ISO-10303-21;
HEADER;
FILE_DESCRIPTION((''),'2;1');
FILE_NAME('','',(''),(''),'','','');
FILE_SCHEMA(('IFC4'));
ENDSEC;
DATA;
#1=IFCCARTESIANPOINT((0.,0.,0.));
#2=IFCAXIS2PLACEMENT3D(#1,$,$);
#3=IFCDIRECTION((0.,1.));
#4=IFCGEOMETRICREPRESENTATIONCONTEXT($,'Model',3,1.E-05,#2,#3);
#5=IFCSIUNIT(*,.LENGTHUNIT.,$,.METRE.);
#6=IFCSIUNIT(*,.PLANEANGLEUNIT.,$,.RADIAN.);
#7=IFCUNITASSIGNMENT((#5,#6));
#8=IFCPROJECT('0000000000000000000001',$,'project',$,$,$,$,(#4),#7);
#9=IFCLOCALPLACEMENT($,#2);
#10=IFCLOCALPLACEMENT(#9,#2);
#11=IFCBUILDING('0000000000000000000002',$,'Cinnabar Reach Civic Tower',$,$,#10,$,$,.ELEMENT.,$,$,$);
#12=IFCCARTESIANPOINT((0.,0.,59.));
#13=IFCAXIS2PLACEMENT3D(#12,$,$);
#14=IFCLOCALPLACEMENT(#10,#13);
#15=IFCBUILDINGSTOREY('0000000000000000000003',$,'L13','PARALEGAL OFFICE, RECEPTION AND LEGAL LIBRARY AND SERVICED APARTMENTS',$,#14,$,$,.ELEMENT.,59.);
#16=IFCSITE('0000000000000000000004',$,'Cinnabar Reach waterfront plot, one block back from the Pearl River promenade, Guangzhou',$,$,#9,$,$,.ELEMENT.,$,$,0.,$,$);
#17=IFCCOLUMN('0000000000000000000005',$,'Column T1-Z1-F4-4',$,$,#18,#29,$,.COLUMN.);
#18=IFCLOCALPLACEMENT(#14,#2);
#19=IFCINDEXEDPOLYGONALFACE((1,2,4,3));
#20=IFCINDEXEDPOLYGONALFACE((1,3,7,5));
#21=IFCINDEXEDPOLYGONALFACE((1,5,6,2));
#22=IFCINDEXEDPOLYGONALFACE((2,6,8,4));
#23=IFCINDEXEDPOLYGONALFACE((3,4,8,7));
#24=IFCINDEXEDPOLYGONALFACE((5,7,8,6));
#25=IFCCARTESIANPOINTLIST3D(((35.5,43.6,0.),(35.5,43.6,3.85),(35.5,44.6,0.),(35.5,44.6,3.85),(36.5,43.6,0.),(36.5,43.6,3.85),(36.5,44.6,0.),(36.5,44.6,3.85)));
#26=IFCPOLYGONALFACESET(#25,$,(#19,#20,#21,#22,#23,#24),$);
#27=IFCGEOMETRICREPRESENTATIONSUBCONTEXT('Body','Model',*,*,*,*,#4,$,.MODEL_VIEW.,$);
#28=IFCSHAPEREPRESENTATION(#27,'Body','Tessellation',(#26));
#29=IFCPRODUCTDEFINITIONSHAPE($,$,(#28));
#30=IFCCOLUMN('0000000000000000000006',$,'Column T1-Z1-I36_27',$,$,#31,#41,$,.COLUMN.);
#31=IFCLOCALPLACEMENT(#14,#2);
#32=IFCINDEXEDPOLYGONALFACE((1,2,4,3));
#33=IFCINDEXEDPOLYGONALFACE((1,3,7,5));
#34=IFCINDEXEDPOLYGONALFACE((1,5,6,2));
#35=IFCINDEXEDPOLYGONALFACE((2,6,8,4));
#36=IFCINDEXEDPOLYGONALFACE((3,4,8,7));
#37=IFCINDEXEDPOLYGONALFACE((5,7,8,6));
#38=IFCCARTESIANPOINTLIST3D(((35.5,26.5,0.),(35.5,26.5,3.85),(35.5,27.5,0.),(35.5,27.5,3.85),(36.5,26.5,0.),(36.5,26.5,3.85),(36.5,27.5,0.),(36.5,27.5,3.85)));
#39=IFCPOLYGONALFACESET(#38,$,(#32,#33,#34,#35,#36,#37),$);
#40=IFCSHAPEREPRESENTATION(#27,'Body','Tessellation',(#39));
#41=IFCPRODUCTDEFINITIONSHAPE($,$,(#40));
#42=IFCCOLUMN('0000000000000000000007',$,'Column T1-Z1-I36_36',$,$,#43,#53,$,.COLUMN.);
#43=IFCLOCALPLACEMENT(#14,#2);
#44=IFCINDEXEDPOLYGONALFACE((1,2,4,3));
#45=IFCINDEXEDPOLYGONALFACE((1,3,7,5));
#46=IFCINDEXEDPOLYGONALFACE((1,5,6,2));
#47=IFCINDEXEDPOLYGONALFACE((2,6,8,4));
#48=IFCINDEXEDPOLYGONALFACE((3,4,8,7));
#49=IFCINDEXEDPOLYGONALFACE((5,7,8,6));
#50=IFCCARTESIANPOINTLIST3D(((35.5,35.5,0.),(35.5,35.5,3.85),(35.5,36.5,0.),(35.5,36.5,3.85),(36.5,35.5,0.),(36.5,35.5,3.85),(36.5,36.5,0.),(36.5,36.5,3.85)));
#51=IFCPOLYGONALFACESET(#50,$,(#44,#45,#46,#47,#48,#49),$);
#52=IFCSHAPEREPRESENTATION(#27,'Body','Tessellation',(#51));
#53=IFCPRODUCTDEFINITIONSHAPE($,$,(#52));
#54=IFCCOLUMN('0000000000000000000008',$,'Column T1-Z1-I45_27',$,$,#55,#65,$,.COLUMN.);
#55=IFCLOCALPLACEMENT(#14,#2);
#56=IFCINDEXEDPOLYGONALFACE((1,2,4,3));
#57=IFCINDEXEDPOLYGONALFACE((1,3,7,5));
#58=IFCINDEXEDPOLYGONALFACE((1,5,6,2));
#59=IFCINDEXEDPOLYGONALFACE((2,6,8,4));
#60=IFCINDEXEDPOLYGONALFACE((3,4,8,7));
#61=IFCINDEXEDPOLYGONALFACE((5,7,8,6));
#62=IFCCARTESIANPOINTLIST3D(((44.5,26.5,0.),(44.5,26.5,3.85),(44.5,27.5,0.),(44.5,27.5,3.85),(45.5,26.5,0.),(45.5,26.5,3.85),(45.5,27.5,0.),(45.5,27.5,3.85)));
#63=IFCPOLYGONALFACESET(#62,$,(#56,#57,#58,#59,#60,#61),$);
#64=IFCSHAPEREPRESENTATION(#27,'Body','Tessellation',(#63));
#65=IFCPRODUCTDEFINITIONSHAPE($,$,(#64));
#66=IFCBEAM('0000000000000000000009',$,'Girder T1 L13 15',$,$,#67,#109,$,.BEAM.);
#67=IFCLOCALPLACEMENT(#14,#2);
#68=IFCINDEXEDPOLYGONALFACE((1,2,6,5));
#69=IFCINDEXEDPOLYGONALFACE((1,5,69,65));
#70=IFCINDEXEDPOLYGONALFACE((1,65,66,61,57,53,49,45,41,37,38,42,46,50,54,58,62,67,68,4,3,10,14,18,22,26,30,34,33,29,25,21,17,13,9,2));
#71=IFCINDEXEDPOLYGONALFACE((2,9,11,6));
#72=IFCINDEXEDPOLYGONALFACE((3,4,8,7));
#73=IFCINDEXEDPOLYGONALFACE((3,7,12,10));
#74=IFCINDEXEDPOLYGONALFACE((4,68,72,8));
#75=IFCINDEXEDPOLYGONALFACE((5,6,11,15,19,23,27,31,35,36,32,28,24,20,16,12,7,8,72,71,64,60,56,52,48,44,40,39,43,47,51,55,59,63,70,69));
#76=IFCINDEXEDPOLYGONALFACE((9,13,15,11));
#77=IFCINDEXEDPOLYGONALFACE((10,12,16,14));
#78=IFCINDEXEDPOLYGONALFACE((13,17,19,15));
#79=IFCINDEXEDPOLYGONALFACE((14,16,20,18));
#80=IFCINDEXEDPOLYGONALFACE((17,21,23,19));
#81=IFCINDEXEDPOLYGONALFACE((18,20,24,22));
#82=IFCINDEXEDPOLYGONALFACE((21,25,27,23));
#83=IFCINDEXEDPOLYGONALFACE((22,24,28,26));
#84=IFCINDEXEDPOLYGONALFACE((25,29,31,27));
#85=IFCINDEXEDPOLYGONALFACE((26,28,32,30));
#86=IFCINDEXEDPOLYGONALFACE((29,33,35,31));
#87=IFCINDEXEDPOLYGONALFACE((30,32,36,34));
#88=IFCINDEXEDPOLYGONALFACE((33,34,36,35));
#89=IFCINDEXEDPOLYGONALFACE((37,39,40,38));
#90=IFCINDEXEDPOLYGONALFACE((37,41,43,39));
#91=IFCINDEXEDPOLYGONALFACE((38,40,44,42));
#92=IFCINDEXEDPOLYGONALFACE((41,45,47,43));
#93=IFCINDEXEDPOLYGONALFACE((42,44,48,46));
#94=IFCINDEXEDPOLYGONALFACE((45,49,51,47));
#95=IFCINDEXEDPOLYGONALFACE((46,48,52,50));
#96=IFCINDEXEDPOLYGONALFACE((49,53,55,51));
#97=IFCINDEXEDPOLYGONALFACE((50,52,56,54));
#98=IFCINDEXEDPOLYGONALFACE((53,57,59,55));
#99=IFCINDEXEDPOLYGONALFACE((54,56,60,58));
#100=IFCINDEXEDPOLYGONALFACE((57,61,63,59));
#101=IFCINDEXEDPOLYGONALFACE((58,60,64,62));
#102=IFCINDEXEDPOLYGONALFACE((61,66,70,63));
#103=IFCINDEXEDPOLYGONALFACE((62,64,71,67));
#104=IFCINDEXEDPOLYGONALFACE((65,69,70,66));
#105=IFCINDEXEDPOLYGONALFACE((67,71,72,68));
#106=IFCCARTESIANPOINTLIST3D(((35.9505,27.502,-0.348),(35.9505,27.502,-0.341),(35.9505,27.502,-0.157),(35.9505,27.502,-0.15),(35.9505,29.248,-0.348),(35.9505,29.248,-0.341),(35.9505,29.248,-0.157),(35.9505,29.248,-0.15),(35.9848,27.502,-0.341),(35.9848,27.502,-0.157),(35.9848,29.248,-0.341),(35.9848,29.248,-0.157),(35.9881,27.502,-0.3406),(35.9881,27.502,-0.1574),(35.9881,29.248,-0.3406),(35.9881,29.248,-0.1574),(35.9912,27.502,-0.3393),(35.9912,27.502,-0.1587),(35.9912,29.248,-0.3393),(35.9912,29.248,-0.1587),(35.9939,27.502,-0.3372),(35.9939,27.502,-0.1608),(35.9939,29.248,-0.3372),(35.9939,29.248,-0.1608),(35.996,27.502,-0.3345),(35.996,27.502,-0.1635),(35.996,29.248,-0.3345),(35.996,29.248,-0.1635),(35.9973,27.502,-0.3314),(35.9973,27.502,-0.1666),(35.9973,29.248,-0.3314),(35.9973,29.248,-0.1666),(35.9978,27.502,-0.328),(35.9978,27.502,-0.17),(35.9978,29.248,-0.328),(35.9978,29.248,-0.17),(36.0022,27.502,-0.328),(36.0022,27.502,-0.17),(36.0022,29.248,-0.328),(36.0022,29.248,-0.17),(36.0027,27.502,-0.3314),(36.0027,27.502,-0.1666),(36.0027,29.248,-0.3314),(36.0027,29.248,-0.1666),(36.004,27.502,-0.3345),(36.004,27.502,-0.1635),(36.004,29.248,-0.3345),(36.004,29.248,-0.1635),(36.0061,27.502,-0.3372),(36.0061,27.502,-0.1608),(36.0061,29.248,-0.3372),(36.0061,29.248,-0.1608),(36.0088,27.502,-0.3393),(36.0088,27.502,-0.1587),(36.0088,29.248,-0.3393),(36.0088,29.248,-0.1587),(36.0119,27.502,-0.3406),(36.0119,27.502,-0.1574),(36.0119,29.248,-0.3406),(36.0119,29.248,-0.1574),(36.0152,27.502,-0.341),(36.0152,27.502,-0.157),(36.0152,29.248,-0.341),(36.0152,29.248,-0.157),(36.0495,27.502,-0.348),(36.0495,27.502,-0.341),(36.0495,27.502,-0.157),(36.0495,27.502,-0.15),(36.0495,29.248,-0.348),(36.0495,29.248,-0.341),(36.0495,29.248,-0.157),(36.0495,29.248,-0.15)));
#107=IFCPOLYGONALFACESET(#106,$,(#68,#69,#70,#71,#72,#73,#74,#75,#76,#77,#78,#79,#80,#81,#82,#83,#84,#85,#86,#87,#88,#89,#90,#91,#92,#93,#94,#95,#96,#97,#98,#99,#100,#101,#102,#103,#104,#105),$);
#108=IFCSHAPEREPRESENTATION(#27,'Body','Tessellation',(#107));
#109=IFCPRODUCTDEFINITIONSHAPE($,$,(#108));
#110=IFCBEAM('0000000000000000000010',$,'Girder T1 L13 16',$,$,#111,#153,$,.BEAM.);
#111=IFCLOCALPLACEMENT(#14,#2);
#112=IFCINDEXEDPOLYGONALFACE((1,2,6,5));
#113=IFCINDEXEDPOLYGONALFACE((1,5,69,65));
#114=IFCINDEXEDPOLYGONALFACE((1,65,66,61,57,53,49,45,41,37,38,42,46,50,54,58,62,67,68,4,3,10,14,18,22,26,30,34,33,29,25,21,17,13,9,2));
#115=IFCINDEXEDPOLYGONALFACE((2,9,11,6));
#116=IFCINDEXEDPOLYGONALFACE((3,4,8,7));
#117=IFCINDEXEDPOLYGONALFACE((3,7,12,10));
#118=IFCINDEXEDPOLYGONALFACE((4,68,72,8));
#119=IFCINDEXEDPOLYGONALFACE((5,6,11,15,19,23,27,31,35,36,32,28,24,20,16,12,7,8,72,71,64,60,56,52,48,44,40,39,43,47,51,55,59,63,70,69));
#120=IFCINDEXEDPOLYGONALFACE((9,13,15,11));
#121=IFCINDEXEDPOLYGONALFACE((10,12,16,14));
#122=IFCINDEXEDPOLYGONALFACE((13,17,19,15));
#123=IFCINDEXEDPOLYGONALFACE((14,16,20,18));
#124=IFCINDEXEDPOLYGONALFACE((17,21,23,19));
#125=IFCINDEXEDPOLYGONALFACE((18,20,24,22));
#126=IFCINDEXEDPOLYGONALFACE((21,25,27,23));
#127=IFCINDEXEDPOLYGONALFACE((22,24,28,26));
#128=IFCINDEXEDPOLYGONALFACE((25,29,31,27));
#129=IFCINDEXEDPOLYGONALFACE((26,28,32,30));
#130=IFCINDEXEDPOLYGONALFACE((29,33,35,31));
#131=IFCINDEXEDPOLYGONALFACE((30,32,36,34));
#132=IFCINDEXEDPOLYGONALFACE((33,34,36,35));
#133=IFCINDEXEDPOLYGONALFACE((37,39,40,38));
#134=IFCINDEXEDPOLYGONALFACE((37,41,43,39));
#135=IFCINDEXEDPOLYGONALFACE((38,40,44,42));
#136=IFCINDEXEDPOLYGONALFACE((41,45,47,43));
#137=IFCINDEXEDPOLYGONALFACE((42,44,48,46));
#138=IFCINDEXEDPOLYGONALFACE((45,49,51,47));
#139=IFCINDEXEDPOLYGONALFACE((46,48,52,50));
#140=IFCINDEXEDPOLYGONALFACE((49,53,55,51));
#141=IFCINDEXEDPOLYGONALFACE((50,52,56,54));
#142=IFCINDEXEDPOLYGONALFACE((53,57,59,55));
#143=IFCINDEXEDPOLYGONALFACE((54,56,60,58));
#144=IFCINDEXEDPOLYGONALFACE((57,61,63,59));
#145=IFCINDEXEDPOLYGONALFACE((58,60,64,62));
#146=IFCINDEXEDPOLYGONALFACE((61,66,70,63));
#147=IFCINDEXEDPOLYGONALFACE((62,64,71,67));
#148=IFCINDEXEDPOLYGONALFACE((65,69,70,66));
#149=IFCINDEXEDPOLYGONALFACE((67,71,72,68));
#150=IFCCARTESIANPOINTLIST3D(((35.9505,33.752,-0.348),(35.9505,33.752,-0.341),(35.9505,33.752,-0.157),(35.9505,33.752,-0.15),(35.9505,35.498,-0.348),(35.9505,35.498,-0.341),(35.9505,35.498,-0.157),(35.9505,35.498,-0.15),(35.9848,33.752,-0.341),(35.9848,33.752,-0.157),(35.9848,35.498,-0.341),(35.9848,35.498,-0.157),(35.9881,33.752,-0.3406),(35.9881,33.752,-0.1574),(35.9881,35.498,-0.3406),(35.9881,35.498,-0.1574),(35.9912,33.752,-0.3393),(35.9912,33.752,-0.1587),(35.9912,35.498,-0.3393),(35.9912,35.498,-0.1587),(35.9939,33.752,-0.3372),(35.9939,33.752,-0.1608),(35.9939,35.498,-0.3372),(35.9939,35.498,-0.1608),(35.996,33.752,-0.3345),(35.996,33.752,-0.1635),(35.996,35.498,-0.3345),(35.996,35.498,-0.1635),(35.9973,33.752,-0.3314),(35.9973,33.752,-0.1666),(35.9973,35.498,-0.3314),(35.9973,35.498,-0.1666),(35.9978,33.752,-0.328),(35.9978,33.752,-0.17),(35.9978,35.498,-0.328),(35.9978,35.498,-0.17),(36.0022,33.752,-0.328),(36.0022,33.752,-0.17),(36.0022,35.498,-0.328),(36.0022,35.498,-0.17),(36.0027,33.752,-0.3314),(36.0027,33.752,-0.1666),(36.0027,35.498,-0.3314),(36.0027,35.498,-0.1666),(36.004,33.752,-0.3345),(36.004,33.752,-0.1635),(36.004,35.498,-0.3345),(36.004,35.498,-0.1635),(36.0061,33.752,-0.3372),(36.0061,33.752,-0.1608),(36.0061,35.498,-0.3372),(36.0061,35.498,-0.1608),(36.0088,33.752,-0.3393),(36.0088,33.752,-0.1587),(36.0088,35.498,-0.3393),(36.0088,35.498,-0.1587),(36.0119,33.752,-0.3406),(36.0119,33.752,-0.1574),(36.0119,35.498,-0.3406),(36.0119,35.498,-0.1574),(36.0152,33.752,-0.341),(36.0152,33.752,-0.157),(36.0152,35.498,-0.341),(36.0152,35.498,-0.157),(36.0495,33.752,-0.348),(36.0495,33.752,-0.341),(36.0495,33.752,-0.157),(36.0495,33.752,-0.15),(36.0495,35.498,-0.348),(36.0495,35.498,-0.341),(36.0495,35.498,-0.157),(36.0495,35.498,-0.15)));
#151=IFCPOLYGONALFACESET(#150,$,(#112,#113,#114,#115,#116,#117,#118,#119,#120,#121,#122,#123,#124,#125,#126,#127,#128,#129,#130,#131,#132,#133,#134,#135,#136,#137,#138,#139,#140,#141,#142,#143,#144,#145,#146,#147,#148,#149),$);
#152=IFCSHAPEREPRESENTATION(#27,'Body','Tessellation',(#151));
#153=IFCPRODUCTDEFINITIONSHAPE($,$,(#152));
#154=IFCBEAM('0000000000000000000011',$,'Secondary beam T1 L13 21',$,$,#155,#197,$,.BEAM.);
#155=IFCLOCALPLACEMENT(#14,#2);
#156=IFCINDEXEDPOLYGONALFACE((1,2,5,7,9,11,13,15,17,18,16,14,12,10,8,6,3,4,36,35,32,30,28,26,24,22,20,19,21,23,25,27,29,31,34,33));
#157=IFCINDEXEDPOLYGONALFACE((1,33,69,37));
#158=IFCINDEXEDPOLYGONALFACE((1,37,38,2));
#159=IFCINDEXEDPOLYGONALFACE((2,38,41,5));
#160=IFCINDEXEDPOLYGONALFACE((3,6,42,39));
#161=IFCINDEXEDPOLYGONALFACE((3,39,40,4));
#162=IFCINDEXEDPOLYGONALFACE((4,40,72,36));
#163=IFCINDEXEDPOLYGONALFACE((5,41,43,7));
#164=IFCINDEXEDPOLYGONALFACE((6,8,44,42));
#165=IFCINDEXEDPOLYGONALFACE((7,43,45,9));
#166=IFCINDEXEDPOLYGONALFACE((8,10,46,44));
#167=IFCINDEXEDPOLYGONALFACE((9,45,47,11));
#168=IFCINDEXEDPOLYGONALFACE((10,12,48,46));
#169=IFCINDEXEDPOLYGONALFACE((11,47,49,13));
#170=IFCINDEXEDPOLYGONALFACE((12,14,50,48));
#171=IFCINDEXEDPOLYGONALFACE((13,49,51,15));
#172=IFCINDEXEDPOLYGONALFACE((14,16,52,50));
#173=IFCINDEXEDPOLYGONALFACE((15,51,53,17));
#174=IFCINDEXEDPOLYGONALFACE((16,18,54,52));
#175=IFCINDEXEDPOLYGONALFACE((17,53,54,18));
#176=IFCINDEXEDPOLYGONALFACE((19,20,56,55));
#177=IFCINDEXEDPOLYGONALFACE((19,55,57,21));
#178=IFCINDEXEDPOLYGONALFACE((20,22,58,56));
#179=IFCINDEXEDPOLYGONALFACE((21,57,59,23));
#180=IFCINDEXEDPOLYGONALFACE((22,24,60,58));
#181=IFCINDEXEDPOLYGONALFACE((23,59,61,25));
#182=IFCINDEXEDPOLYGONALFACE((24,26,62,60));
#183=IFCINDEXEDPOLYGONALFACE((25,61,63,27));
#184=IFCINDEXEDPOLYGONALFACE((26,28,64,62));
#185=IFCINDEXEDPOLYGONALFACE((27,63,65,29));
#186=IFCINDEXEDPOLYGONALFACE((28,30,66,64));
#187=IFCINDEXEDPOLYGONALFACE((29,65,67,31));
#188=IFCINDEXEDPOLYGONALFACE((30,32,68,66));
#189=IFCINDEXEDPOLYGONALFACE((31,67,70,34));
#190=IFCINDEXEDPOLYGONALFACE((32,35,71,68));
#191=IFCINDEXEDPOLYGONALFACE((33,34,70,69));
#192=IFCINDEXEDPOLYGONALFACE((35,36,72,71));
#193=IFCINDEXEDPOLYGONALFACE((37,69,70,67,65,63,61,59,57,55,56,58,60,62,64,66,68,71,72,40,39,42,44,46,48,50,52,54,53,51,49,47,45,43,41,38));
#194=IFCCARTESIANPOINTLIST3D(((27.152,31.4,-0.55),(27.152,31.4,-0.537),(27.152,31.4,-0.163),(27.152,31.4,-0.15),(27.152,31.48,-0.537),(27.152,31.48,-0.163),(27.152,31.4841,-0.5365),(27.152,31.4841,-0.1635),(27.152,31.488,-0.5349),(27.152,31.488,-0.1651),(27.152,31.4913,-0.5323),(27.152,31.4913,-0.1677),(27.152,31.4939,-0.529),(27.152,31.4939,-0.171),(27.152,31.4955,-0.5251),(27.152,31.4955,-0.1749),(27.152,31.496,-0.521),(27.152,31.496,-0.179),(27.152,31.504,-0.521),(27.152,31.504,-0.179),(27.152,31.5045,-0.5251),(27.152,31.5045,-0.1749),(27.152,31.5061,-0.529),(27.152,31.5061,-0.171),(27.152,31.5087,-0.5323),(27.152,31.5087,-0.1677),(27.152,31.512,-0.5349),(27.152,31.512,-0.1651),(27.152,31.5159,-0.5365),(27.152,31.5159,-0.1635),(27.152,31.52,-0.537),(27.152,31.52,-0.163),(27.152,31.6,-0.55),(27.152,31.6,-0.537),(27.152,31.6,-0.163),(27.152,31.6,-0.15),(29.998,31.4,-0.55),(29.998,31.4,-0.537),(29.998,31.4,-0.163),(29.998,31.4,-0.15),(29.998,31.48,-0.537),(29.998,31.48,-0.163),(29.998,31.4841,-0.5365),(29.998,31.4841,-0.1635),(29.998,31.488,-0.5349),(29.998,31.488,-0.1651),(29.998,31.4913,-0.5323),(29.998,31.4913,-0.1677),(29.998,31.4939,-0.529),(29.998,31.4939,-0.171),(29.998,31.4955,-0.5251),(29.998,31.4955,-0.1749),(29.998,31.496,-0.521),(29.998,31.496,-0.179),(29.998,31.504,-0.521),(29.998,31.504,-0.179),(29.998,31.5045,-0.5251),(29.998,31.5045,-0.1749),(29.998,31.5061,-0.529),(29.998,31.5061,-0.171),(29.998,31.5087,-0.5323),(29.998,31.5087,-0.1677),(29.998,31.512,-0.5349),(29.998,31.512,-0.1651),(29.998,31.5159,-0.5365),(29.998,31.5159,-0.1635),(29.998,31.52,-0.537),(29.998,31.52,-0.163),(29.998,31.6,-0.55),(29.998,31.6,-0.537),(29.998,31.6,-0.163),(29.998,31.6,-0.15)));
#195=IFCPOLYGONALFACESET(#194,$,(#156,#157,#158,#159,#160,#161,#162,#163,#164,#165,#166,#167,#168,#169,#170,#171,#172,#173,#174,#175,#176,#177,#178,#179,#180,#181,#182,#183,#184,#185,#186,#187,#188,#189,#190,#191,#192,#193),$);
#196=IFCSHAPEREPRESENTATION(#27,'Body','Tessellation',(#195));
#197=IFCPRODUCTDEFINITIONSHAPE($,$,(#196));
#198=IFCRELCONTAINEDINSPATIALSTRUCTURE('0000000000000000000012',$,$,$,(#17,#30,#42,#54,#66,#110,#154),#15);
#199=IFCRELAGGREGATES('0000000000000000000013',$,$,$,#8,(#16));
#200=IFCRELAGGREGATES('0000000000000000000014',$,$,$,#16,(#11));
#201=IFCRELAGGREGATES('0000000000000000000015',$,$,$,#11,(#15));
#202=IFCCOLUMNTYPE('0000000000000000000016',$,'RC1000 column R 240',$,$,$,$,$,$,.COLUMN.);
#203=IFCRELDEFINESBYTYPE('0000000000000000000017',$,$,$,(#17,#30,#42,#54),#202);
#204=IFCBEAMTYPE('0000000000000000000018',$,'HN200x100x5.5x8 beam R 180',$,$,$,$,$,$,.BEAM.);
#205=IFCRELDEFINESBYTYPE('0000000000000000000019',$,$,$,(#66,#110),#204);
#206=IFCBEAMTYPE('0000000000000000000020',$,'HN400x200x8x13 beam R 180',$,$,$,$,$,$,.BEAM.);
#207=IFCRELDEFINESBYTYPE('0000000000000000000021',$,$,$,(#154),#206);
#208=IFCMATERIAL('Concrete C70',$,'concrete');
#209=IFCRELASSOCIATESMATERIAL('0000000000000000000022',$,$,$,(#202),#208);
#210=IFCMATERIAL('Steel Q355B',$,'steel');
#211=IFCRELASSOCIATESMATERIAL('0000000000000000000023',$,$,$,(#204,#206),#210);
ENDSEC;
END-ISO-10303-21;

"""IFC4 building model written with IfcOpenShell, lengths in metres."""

from ifc_helpers import new_model, si_unit, direction, frame, origin, origin_2d, place, context, subcontext, project, spatial, rectangle, i_section, extrude, material, material_profile, profile_set, type_object, element, save


model = new_model("IFC4")

# Units and contexts
model_context = context("Model", 3, precision=1e-05, world=origin(), true_north=direction((0.0, 1.0)))
body_context = subcontext(model_context, "Body", "Model", "MODEL_VIEW")
ifc_project = project(units=[si_unit("LENGTHUNIT", "METRE"), si_unit("PLANEANGLEUNIT", "RADIAN")], contexts=[model_context])

# Site, building, storey
site_placement = place(None, origin())
site = spatial("IfcSite", under=ifc_project, at=site_placement, Name="Cinnabar Reach waterfront plot, one block back from the Pearl River promenade, Guangzhou", CompositionType="ELEMENT", RefElevation=0.0)
building_placement = place(site_placement, origin())
building = spatial("IfcBuilding", under=site, at=building_placement, Name="Cinnabar Reach Civic Tower", CompositionType="ELEMENT")
storey_placement = place(building_placement, frame((0.0, 0.0, 59.0)))
storey = spatial("IfcBuildingStorey", under=building, at=storey_placement, Name="L13", Description="PARALEGAL OFFICE, RECEPTION AND LEGAL LIBRARY AND SERVICED APARTMENTS", CompositionType="ELEMENT", Elevation=59.0)

# Columns
ifc_material_1 = material(Name="Concrete C70", Category="concrete")
ifc_material_profile_1 = material_profile(ifc_material_1, rectangle(XDim=1.0, YDim=1.0, at=origin_2d()), Name="RC1000")
ifc_profile_set_1 = profile_set([ifc_material_profile_1], Name="Concrete C70")
column_type = type_object("IfcColumnType", Name="RC1000 column R 240", PredefinedType="COLUMN", material=ifc_profile_set_1)
for number, where, z_axis, x_axis, name in (
    (1, (36.0, 44.1, 0.0), (0.0, 0.0, 1.0), (1.0, 0.0, 0.0), "Column T1-Z1-F4-4"),
    (2, (36.0, 27.0, 0.0), (0.0, 0.0, 1.0), (1.0, 0.0, 0.0), "Column T1-Z1-I36_27"),
    (3, (36.0, 36.0, 0.0), (0.0, 0.0, 1.0), (1.0, 0.0, 0.0), "Column T1-Z1-I36_36"),
    (4, (45.0, 27.0, 0.0), (0.0, 0.0, 1.0), (1.0, 0.0, 0.0), "Column T1-Z1-I45_27"),
):
    element("IfcColumn", number, at=place(storey_placement, frame(where, z_axis=z_axis, x_axis=x_axis)), inside=storey, type_object=column_type, Name=name, PredefinedType="COLUMN", context=body_context, shape_type="SweptSolid", body=[
        extrude(rectangle(XDim=1.0, YDim=1.0, at=origin_2d()), origin(), (0.0, 0.0, 1.0), 3.85),
    ])

# Beams
ifc_material_2 = material(Name="Steel Q355B", Category="steel")
ifc_material_profile_2 = material_profile(ifc_material_2, i_section(OverallWidth=0.099, OverallDepth=0.198, WebThickness=0.0045, FlangeThickness=0.007, FilletRadius=0.013, at=origin_2d()), Name="HN200x100x5.5x8")
ifc_profile_set_2 = profile_set([ifc_material_profile_2], Name="Steel Q355B")
beam_type_1 = type_object("IfcBeamType", Name="HN200x100x5.5x8 beam R 180", PredefinedType="BEAM", material=ifc_profile_set_2)
for number, where, z_axis, x_axis, name in (
    (5, (36.0, 27.502, -0.249), (0.0, 1.0, 0.0), (-1.0, 0.0, 0.0), "Girder T1 L13 15"),
    (6, (36.0, 33.752, -0.249), (0.0, 1.0, 0.0), (-1.0, 0.0, 0.0), "Girder T1 L13 16"),
):
    element("IfcBeam", number, at=place(storey_placement, frame(where, z_axis=z_axis, x_axis=x_axis)), inside=storey, type_object=beam_type_1, Name=name, PredefinedType="BEAM", context=body_context, shape_type="SweptSolid", body=[
        extrude(i_section(OverallWidth=0.099, OverallDepth=0.198, WebThickness=0.0045, FlangeThickness=0.007, FilletRadius=0.013, at=origin_2d()), origin(), (0.0, 0.0, 1.0), 1.746),
    ])
ifc_material_profile_3 = material_profile(ifc_material_2, i_section(OverallWidth=0.2, OverallDepth=0.4, WebThickness=0.008, FlangeThickness=0.013, FilletRadius=0.016, at=origin_2d()), Name="HN400x200x8x13")
ifc_profile_set_3 = profile_set([ifc_material_profile_3], Name="Steel Q355B")
beam_type_2 = type_object("IfcBeamType", Name="HN400x200x8x13 beam R 180", PredefinedType="BEAM", material=ifc_profile_set_3)
beam_1_placement = place(storey_placement, frame((27.152, 31.5, -0.35), z_axis=(1.0, 0.0, 0.0), x_axis=(0.0, 1.0, 0.0)))
element("IfcBeam", 7, at=beam_1_placement, inside=storey, type_object=beam_type_2, Name="Secondary beam T1 L13 21", PredefinedType="BEAM", context=body_context, shape_type="SweptSolid", body=[
    extrude(i_section(OverallWidth=0.2, OverallDepth=0.4, WebThickness=0.008, FlangeThickness=0.013, FilletRadius=0.016, at=origin_2d()), origin(), (0.0, 0.0, 1.0), 2.846),
])

save(model, "model.ifc")
